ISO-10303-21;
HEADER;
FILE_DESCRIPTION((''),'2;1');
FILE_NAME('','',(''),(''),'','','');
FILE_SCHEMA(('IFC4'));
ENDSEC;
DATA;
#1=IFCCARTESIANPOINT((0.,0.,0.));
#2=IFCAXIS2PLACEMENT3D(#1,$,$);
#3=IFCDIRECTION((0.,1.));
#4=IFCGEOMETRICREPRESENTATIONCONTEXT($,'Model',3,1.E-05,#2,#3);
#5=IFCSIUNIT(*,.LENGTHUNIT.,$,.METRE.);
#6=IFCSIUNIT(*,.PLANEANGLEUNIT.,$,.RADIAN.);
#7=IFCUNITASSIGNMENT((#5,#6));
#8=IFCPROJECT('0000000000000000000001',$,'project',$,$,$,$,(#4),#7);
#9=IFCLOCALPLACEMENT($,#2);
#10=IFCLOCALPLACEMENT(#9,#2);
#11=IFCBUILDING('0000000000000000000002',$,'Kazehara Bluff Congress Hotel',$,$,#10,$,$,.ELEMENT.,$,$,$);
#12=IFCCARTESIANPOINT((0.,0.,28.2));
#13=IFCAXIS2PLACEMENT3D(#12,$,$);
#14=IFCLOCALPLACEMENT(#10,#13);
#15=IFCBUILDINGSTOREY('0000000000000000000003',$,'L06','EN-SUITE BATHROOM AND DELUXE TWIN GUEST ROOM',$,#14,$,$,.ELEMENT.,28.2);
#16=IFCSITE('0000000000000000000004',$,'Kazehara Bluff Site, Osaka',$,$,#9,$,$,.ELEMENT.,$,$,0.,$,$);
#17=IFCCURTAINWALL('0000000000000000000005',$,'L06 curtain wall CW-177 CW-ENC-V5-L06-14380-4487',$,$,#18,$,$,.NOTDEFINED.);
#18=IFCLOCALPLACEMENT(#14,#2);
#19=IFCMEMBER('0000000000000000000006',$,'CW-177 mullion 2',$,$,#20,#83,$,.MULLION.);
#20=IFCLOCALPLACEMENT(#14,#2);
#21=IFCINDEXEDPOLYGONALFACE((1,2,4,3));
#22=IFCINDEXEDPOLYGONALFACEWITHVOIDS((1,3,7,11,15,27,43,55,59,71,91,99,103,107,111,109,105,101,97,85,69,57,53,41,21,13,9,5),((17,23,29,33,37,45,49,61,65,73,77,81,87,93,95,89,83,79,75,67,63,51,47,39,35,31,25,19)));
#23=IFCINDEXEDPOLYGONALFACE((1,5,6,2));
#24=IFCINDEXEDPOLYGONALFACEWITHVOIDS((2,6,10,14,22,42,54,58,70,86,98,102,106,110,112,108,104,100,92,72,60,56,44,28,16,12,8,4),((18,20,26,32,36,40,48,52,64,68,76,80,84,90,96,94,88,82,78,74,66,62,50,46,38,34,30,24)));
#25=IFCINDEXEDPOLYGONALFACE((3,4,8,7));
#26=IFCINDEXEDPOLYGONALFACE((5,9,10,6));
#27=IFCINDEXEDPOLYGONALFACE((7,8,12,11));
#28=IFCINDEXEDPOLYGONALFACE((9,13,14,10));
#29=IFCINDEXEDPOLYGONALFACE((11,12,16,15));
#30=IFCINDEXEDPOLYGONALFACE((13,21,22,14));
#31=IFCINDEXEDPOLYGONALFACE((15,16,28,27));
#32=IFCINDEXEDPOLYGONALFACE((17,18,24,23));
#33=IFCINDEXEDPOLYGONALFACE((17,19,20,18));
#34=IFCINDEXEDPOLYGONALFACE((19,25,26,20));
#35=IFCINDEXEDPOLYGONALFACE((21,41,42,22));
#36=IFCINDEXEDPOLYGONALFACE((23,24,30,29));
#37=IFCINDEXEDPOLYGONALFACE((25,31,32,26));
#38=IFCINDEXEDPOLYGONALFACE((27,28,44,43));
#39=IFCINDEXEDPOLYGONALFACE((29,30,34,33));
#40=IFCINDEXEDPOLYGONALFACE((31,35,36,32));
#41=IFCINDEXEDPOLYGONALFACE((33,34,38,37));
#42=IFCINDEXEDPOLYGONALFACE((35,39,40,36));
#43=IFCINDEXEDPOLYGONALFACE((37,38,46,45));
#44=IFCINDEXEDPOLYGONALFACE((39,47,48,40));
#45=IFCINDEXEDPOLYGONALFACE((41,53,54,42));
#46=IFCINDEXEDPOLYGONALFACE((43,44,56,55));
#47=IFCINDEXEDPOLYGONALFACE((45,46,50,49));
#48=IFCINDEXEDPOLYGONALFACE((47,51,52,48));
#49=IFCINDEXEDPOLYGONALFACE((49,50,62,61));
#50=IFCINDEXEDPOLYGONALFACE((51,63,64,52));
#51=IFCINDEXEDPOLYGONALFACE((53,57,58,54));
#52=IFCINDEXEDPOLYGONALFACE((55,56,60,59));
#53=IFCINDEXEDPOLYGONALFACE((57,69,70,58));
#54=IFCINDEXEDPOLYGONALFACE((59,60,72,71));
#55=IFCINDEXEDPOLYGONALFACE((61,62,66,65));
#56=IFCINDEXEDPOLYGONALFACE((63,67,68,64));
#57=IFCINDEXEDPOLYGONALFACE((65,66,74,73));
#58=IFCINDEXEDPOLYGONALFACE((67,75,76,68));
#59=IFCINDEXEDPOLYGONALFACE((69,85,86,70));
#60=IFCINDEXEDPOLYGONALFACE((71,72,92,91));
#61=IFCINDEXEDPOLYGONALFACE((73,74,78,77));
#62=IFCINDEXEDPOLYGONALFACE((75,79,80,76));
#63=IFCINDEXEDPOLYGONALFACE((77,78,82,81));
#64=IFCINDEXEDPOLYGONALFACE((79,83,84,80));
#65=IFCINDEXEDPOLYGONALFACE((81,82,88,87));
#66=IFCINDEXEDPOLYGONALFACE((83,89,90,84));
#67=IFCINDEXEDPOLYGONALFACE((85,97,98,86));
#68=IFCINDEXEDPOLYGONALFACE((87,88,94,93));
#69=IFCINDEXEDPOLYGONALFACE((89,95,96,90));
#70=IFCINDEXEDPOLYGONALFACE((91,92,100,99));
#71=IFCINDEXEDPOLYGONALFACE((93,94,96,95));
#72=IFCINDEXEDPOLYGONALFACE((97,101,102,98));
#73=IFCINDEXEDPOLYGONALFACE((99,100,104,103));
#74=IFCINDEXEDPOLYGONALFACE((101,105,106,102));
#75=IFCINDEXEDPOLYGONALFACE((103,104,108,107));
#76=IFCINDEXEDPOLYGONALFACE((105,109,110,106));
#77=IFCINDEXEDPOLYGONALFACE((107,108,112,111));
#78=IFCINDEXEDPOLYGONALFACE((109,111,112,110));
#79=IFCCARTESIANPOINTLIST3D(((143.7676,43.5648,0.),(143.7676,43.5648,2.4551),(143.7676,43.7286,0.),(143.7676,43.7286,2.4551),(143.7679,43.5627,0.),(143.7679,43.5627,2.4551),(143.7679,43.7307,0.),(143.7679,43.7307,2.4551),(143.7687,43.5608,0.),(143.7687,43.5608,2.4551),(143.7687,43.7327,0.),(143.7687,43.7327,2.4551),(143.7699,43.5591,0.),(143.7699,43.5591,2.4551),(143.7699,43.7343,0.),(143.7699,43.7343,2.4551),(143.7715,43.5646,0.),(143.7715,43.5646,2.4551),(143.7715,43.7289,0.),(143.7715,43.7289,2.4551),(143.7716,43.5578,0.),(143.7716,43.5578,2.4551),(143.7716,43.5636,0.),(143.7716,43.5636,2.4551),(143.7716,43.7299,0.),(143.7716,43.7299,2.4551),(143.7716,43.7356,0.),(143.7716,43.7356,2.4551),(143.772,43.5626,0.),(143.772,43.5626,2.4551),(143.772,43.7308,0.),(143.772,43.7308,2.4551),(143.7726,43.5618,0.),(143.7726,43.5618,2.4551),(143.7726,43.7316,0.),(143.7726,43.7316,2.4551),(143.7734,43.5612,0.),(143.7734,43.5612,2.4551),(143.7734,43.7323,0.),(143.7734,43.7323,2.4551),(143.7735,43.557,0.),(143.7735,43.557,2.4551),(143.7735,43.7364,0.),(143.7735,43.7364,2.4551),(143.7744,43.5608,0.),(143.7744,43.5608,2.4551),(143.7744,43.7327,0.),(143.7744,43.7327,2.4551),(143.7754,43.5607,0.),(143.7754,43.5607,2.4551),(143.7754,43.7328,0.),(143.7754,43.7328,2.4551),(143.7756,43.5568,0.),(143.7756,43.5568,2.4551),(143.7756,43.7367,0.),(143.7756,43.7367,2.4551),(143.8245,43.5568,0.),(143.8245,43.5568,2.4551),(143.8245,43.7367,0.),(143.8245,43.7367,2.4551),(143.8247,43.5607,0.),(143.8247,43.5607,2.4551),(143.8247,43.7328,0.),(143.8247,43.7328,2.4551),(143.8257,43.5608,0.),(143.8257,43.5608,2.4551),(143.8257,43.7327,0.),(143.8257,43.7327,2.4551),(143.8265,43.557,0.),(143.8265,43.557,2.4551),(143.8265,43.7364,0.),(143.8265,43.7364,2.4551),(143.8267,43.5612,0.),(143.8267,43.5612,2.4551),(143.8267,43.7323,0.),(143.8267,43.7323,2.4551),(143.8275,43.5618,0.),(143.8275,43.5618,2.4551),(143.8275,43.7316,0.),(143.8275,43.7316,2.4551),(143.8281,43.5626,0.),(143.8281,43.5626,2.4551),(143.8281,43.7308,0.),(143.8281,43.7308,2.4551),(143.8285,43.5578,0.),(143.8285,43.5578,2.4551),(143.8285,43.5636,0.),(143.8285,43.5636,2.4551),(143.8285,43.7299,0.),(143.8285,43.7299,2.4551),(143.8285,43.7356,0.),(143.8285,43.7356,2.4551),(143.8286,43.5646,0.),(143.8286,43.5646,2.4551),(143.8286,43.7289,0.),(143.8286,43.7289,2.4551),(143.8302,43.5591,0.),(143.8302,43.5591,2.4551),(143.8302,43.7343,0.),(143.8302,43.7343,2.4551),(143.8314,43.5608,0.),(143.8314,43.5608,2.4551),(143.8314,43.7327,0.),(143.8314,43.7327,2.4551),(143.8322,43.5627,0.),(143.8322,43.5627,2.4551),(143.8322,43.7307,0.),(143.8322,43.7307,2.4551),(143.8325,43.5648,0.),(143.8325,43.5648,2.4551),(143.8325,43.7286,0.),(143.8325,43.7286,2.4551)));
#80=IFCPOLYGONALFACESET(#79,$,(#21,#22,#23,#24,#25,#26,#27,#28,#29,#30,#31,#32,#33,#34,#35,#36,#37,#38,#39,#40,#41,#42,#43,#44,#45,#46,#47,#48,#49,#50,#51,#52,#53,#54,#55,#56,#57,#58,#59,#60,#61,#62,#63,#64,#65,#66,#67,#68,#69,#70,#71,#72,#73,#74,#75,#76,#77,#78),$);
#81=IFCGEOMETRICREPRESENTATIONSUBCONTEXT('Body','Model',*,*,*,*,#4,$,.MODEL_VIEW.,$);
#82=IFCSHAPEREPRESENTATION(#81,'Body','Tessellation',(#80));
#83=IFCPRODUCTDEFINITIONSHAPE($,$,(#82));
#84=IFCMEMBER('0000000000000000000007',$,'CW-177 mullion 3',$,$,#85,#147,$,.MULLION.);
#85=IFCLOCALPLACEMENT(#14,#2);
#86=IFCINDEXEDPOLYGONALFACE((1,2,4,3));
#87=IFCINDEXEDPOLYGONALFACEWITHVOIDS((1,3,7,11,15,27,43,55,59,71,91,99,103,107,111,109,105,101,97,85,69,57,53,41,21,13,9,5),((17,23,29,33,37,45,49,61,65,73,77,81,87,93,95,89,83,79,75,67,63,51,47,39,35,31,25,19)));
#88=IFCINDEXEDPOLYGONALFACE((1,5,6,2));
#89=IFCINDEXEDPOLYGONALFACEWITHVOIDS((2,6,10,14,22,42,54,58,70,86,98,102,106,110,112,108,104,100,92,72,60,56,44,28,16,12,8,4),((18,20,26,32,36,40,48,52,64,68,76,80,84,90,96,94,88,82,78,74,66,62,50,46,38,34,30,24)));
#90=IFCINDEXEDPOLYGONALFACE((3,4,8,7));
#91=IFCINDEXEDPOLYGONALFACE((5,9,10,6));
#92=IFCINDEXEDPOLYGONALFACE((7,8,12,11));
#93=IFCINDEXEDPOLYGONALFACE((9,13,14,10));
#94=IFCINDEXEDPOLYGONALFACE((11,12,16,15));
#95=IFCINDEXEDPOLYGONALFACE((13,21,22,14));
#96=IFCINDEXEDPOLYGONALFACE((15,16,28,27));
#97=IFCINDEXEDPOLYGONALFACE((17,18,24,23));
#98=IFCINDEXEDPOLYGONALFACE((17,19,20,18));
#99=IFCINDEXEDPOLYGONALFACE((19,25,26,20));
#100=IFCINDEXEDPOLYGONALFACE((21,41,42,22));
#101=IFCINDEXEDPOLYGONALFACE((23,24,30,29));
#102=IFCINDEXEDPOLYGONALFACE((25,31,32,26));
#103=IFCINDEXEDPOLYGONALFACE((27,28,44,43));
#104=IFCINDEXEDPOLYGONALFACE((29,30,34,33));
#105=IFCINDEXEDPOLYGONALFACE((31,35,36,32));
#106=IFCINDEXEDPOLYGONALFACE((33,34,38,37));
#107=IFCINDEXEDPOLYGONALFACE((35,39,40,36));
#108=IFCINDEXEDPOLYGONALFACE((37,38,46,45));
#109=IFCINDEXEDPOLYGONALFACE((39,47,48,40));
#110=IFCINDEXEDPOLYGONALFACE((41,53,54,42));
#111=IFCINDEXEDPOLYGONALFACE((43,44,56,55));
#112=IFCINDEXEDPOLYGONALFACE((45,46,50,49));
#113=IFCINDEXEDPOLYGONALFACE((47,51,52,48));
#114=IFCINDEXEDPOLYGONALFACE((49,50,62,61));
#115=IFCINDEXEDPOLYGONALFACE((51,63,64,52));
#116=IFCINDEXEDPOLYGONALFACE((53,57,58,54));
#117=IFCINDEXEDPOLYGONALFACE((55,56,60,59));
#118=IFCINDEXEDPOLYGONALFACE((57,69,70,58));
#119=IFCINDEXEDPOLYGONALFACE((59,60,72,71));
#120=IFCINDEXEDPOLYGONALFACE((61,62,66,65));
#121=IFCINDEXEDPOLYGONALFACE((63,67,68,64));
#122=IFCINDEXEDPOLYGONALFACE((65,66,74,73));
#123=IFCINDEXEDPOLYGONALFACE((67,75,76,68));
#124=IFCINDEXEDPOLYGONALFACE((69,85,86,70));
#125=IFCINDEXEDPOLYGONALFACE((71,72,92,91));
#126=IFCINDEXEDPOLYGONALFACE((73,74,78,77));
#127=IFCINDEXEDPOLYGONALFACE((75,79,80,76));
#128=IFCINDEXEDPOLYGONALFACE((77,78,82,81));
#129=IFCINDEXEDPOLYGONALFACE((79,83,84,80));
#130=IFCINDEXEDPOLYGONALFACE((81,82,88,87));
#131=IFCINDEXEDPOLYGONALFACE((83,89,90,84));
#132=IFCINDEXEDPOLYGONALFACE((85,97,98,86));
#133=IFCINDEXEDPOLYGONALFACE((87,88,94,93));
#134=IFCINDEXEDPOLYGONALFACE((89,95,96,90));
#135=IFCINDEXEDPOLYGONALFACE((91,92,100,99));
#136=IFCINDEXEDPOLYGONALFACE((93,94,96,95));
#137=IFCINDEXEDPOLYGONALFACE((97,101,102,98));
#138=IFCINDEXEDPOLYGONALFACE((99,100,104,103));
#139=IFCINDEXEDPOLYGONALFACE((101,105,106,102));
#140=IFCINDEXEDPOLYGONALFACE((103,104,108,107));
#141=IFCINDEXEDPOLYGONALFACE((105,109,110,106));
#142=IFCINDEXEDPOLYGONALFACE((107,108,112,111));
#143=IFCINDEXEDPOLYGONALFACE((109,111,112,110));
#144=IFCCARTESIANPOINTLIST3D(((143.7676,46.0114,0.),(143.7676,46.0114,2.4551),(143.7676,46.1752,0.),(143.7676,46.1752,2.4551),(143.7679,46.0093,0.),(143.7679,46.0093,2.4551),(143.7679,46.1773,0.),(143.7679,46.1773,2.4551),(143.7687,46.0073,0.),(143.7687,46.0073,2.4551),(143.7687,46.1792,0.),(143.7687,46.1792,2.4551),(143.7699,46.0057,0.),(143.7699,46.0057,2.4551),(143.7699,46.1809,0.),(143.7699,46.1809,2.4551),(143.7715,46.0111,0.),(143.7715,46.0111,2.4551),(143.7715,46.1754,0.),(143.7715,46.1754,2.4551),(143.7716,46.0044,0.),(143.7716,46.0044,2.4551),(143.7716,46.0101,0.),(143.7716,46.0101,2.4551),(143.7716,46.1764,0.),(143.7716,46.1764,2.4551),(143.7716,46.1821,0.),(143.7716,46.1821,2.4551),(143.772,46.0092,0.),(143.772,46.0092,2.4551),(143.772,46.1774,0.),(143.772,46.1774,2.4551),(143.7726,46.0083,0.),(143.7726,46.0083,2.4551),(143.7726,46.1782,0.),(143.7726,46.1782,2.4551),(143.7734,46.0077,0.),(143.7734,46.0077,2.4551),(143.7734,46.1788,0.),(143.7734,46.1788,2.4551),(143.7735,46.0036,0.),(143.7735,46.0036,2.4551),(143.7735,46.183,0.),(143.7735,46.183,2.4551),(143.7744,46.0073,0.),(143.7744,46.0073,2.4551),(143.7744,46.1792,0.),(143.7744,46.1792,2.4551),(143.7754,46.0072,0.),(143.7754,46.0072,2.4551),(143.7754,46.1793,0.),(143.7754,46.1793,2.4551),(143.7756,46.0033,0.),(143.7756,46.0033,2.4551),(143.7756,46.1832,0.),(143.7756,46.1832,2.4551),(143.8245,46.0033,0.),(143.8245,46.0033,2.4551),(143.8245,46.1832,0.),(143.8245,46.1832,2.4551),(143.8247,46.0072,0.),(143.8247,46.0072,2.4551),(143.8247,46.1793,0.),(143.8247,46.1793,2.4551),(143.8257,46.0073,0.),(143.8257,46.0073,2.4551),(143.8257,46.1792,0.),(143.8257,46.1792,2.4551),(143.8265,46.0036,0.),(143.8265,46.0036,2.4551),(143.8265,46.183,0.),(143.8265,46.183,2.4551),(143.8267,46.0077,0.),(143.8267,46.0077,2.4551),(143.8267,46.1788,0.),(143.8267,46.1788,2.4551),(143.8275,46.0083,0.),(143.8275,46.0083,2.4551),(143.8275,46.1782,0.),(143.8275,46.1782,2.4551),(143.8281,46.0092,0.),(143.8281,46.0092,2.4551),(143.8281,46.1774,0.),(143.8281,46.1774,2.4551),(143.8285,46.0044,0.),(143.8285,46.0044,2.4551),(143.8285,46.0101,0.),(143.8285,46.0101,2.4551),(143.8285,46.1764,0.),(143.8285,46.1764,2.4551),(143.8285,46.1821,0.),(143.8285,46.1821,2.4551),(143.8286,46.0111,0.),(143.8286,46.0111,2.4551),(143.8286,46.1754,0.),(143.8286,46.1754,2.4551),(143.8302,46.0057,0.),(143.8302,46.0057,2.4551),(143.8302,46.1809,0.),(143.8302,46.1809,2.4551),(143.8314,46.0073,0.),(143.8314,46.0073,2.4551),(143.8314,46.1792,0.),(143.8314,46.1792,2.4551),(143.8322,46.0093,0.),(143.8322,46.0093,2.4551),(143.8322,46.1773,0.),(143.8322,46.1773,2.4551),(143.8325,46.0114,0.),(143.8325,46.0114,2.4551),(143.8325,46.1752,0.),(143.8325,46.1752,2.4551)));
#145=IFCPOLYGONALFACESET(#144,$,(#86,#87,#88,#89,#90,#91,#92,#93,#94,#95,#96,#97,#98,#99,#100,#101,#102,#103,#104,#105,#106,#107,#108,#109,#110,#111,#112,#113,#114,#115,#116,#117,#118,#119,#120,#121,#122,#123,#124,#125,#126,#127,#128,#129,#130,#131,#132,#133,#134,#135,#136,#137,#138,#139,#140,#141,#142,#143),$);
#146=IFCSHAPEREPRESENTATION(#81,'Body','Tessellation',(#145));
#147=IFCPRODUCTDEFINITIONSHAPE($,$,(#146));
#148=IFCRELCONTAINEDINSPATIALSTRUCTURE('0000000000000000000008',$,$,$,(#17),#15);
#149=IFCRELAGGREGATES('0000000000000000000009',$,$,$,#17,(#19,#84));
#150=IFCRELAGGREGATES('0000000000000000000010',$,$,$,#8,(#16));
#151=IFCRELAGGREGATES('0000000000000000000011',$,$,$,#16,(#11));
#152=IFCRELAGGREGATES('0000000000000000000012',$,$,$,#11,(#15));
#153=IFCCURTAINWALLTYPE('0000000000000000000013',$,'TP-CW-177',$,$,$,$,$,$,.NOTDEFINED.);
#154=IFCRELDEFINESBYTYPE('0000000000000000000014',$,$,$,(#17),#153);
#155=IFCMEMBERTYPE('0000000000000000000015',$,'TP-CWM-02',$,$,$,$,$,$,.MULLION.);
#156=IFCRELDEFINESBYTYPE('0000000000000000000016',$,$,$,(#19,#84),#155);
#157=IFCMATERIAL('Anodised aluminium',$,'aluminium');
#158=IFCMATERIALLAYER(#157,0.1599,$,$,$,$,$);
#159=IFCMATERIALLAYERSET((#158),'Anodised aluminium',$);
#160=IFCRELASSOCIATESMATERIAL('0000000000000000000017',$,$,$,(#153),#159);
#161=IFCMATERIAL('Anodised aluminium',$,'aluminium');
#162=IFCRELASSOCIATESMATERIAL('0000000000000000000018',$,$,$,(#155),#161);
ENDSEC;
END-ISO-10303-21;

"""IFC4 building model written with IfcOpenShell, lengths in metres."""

from ifc_helpers import new_model, si_unit, direction, frame, origin, origin_2d, place, context, subcontext, project, spatial, hollow_rectangle, extrude, material, layer, layer_set, material_profile, profile_set, type_object, element, aggregate, save


model = new_model("IFC4")

# Units and contexts
model_context = context("Model", 3, precision=1e-05, world=origin(), true_north=direction((0.0, 1.0)))
body_context = subcontext(model_context, "Body", "Model", "MODEL_VIEW")
ifc_project = project(units=[si_unit("LENGTHUNIT", "METRE"), si_unit("PLANEANGLEUNIT", "RADIAN")], contexts=[model_context])

# Site, building, storey
site_placement = place(None, origin())
site = spatial("IfcSite", under=ifc_project, at=site_placement, Name="Kazehara Bluff Site, Osaka", CompositionType="ELEMENT", RefElevation=0.0)
building_placement = place(site_placement, origin())
building = spatial("IfcBuilding", under=site, at=building_placement, Name="Kazehara Bluff Congress Hotel", CompositionType="ELEMENT")
storey_placement = place(building_placement, frame((0.0, 0.0, 28.2)))
storey = spatial("IfcBuildingStorey", under=building, at=storey_placement, Name="L06", Description="EN-SUITE BATHROOM AND DELUXE TWIN GUEST ROOM", CompositionType="ELEMENT", Elevation=28.2)

# Curtain wall, members
ifc_material_1 = material(Name="Anodised aluminium", Category="aluminium")
ifc_layer_1 = layer(ifc_material_1, 0.1599)
ifc_layer_set_1 = layer_set([ifc_layer_1], Name="Anodised aluminium")
curtain_wall_type = type_object("IfcCurtainWallType", Name="TP-CW-177", PredefinedType="NOTDEFINED", material=ifc_layer_set_1)
curtain_wall_placement = place(storey_placement, origin())
curtain_wall = element("IfcCurtainWall", 1, at=curtain_wall_placement, inside=storey, type_object=curtain_wall_type, Name="L06 curtain wall CW-177 CW-ENC-V5-L06-14380-4487", PredefinedType="NOTDEFINED")
ifc_material_2 = material(Name="Anodised aluminium", Category="aluminium")
ifc_material_profile_1 = material_profile(ifc_material_2, hollow_rectangle(XDim=0.0649, YDim=0.1799, WallThickness=0.0039, InnerFilletRadius=0.0039, OuterFilletRadius=0.0081, at=origin_2d()))
ifc_profile_set_1 = profile_set([ifc_material_profile_1], Name="Anodised aluminium")
member_type_1 = type_object("IfcMemberType", Name="TP-CWM-02", PredefinedType="MULLION", material=ifc_profile_set_1)
member_1_placement = place(storey_placement, frame((143.8, 43.6467, 0.0), z_axis=(0.0, 0.0, 1.0), x_axis=(-1.0, 0.0, 0.0)))
member_1 = element("IfcMember", 2, at=member_1_placement, type_object=member_type_1, Name="CW-177 mullion 2", PredefinedType="MULLION", context=body_context, shape_type="SweptSolid", body=[
    extrude(hollow_rectangle(XDim=0.0649, YDim=0.1799, WallThickness=0.0039, InnerFilletRadius=0.0039, OuterFilletRadius=0.0081, at=origin_2d()), origin(), (0.0, 0.0, 1.0), 2.4551),
])
member_2_placement = place(storey_placement, frame((143.8, 46.0933, 0.0), z_axis=(0.0, 0.0, 1.0), x_axis=(-1.0, 0.0, 0.0)))
member_2 = element("IfcMember", 3, at=member_2_placement, type_object=member_type_1, Name="CW-177 mullion 3", PredefinedType="MULLION", context=body_context, shape_type="SweptSolid", body=[
    extrude(hollow_rectangle(XDim=0.0649, YDim=0.1799, WallThickness=0.0039, InnerFilletRadius=0.0039, OuterFilletRadius=0.0081, at=origin_2d()), origin(), (0.0, 0.0, 1.0), 2.4551),
])
aggregate(curtain_wall, [member_1, member_2])

save(model, "model.ifc")
